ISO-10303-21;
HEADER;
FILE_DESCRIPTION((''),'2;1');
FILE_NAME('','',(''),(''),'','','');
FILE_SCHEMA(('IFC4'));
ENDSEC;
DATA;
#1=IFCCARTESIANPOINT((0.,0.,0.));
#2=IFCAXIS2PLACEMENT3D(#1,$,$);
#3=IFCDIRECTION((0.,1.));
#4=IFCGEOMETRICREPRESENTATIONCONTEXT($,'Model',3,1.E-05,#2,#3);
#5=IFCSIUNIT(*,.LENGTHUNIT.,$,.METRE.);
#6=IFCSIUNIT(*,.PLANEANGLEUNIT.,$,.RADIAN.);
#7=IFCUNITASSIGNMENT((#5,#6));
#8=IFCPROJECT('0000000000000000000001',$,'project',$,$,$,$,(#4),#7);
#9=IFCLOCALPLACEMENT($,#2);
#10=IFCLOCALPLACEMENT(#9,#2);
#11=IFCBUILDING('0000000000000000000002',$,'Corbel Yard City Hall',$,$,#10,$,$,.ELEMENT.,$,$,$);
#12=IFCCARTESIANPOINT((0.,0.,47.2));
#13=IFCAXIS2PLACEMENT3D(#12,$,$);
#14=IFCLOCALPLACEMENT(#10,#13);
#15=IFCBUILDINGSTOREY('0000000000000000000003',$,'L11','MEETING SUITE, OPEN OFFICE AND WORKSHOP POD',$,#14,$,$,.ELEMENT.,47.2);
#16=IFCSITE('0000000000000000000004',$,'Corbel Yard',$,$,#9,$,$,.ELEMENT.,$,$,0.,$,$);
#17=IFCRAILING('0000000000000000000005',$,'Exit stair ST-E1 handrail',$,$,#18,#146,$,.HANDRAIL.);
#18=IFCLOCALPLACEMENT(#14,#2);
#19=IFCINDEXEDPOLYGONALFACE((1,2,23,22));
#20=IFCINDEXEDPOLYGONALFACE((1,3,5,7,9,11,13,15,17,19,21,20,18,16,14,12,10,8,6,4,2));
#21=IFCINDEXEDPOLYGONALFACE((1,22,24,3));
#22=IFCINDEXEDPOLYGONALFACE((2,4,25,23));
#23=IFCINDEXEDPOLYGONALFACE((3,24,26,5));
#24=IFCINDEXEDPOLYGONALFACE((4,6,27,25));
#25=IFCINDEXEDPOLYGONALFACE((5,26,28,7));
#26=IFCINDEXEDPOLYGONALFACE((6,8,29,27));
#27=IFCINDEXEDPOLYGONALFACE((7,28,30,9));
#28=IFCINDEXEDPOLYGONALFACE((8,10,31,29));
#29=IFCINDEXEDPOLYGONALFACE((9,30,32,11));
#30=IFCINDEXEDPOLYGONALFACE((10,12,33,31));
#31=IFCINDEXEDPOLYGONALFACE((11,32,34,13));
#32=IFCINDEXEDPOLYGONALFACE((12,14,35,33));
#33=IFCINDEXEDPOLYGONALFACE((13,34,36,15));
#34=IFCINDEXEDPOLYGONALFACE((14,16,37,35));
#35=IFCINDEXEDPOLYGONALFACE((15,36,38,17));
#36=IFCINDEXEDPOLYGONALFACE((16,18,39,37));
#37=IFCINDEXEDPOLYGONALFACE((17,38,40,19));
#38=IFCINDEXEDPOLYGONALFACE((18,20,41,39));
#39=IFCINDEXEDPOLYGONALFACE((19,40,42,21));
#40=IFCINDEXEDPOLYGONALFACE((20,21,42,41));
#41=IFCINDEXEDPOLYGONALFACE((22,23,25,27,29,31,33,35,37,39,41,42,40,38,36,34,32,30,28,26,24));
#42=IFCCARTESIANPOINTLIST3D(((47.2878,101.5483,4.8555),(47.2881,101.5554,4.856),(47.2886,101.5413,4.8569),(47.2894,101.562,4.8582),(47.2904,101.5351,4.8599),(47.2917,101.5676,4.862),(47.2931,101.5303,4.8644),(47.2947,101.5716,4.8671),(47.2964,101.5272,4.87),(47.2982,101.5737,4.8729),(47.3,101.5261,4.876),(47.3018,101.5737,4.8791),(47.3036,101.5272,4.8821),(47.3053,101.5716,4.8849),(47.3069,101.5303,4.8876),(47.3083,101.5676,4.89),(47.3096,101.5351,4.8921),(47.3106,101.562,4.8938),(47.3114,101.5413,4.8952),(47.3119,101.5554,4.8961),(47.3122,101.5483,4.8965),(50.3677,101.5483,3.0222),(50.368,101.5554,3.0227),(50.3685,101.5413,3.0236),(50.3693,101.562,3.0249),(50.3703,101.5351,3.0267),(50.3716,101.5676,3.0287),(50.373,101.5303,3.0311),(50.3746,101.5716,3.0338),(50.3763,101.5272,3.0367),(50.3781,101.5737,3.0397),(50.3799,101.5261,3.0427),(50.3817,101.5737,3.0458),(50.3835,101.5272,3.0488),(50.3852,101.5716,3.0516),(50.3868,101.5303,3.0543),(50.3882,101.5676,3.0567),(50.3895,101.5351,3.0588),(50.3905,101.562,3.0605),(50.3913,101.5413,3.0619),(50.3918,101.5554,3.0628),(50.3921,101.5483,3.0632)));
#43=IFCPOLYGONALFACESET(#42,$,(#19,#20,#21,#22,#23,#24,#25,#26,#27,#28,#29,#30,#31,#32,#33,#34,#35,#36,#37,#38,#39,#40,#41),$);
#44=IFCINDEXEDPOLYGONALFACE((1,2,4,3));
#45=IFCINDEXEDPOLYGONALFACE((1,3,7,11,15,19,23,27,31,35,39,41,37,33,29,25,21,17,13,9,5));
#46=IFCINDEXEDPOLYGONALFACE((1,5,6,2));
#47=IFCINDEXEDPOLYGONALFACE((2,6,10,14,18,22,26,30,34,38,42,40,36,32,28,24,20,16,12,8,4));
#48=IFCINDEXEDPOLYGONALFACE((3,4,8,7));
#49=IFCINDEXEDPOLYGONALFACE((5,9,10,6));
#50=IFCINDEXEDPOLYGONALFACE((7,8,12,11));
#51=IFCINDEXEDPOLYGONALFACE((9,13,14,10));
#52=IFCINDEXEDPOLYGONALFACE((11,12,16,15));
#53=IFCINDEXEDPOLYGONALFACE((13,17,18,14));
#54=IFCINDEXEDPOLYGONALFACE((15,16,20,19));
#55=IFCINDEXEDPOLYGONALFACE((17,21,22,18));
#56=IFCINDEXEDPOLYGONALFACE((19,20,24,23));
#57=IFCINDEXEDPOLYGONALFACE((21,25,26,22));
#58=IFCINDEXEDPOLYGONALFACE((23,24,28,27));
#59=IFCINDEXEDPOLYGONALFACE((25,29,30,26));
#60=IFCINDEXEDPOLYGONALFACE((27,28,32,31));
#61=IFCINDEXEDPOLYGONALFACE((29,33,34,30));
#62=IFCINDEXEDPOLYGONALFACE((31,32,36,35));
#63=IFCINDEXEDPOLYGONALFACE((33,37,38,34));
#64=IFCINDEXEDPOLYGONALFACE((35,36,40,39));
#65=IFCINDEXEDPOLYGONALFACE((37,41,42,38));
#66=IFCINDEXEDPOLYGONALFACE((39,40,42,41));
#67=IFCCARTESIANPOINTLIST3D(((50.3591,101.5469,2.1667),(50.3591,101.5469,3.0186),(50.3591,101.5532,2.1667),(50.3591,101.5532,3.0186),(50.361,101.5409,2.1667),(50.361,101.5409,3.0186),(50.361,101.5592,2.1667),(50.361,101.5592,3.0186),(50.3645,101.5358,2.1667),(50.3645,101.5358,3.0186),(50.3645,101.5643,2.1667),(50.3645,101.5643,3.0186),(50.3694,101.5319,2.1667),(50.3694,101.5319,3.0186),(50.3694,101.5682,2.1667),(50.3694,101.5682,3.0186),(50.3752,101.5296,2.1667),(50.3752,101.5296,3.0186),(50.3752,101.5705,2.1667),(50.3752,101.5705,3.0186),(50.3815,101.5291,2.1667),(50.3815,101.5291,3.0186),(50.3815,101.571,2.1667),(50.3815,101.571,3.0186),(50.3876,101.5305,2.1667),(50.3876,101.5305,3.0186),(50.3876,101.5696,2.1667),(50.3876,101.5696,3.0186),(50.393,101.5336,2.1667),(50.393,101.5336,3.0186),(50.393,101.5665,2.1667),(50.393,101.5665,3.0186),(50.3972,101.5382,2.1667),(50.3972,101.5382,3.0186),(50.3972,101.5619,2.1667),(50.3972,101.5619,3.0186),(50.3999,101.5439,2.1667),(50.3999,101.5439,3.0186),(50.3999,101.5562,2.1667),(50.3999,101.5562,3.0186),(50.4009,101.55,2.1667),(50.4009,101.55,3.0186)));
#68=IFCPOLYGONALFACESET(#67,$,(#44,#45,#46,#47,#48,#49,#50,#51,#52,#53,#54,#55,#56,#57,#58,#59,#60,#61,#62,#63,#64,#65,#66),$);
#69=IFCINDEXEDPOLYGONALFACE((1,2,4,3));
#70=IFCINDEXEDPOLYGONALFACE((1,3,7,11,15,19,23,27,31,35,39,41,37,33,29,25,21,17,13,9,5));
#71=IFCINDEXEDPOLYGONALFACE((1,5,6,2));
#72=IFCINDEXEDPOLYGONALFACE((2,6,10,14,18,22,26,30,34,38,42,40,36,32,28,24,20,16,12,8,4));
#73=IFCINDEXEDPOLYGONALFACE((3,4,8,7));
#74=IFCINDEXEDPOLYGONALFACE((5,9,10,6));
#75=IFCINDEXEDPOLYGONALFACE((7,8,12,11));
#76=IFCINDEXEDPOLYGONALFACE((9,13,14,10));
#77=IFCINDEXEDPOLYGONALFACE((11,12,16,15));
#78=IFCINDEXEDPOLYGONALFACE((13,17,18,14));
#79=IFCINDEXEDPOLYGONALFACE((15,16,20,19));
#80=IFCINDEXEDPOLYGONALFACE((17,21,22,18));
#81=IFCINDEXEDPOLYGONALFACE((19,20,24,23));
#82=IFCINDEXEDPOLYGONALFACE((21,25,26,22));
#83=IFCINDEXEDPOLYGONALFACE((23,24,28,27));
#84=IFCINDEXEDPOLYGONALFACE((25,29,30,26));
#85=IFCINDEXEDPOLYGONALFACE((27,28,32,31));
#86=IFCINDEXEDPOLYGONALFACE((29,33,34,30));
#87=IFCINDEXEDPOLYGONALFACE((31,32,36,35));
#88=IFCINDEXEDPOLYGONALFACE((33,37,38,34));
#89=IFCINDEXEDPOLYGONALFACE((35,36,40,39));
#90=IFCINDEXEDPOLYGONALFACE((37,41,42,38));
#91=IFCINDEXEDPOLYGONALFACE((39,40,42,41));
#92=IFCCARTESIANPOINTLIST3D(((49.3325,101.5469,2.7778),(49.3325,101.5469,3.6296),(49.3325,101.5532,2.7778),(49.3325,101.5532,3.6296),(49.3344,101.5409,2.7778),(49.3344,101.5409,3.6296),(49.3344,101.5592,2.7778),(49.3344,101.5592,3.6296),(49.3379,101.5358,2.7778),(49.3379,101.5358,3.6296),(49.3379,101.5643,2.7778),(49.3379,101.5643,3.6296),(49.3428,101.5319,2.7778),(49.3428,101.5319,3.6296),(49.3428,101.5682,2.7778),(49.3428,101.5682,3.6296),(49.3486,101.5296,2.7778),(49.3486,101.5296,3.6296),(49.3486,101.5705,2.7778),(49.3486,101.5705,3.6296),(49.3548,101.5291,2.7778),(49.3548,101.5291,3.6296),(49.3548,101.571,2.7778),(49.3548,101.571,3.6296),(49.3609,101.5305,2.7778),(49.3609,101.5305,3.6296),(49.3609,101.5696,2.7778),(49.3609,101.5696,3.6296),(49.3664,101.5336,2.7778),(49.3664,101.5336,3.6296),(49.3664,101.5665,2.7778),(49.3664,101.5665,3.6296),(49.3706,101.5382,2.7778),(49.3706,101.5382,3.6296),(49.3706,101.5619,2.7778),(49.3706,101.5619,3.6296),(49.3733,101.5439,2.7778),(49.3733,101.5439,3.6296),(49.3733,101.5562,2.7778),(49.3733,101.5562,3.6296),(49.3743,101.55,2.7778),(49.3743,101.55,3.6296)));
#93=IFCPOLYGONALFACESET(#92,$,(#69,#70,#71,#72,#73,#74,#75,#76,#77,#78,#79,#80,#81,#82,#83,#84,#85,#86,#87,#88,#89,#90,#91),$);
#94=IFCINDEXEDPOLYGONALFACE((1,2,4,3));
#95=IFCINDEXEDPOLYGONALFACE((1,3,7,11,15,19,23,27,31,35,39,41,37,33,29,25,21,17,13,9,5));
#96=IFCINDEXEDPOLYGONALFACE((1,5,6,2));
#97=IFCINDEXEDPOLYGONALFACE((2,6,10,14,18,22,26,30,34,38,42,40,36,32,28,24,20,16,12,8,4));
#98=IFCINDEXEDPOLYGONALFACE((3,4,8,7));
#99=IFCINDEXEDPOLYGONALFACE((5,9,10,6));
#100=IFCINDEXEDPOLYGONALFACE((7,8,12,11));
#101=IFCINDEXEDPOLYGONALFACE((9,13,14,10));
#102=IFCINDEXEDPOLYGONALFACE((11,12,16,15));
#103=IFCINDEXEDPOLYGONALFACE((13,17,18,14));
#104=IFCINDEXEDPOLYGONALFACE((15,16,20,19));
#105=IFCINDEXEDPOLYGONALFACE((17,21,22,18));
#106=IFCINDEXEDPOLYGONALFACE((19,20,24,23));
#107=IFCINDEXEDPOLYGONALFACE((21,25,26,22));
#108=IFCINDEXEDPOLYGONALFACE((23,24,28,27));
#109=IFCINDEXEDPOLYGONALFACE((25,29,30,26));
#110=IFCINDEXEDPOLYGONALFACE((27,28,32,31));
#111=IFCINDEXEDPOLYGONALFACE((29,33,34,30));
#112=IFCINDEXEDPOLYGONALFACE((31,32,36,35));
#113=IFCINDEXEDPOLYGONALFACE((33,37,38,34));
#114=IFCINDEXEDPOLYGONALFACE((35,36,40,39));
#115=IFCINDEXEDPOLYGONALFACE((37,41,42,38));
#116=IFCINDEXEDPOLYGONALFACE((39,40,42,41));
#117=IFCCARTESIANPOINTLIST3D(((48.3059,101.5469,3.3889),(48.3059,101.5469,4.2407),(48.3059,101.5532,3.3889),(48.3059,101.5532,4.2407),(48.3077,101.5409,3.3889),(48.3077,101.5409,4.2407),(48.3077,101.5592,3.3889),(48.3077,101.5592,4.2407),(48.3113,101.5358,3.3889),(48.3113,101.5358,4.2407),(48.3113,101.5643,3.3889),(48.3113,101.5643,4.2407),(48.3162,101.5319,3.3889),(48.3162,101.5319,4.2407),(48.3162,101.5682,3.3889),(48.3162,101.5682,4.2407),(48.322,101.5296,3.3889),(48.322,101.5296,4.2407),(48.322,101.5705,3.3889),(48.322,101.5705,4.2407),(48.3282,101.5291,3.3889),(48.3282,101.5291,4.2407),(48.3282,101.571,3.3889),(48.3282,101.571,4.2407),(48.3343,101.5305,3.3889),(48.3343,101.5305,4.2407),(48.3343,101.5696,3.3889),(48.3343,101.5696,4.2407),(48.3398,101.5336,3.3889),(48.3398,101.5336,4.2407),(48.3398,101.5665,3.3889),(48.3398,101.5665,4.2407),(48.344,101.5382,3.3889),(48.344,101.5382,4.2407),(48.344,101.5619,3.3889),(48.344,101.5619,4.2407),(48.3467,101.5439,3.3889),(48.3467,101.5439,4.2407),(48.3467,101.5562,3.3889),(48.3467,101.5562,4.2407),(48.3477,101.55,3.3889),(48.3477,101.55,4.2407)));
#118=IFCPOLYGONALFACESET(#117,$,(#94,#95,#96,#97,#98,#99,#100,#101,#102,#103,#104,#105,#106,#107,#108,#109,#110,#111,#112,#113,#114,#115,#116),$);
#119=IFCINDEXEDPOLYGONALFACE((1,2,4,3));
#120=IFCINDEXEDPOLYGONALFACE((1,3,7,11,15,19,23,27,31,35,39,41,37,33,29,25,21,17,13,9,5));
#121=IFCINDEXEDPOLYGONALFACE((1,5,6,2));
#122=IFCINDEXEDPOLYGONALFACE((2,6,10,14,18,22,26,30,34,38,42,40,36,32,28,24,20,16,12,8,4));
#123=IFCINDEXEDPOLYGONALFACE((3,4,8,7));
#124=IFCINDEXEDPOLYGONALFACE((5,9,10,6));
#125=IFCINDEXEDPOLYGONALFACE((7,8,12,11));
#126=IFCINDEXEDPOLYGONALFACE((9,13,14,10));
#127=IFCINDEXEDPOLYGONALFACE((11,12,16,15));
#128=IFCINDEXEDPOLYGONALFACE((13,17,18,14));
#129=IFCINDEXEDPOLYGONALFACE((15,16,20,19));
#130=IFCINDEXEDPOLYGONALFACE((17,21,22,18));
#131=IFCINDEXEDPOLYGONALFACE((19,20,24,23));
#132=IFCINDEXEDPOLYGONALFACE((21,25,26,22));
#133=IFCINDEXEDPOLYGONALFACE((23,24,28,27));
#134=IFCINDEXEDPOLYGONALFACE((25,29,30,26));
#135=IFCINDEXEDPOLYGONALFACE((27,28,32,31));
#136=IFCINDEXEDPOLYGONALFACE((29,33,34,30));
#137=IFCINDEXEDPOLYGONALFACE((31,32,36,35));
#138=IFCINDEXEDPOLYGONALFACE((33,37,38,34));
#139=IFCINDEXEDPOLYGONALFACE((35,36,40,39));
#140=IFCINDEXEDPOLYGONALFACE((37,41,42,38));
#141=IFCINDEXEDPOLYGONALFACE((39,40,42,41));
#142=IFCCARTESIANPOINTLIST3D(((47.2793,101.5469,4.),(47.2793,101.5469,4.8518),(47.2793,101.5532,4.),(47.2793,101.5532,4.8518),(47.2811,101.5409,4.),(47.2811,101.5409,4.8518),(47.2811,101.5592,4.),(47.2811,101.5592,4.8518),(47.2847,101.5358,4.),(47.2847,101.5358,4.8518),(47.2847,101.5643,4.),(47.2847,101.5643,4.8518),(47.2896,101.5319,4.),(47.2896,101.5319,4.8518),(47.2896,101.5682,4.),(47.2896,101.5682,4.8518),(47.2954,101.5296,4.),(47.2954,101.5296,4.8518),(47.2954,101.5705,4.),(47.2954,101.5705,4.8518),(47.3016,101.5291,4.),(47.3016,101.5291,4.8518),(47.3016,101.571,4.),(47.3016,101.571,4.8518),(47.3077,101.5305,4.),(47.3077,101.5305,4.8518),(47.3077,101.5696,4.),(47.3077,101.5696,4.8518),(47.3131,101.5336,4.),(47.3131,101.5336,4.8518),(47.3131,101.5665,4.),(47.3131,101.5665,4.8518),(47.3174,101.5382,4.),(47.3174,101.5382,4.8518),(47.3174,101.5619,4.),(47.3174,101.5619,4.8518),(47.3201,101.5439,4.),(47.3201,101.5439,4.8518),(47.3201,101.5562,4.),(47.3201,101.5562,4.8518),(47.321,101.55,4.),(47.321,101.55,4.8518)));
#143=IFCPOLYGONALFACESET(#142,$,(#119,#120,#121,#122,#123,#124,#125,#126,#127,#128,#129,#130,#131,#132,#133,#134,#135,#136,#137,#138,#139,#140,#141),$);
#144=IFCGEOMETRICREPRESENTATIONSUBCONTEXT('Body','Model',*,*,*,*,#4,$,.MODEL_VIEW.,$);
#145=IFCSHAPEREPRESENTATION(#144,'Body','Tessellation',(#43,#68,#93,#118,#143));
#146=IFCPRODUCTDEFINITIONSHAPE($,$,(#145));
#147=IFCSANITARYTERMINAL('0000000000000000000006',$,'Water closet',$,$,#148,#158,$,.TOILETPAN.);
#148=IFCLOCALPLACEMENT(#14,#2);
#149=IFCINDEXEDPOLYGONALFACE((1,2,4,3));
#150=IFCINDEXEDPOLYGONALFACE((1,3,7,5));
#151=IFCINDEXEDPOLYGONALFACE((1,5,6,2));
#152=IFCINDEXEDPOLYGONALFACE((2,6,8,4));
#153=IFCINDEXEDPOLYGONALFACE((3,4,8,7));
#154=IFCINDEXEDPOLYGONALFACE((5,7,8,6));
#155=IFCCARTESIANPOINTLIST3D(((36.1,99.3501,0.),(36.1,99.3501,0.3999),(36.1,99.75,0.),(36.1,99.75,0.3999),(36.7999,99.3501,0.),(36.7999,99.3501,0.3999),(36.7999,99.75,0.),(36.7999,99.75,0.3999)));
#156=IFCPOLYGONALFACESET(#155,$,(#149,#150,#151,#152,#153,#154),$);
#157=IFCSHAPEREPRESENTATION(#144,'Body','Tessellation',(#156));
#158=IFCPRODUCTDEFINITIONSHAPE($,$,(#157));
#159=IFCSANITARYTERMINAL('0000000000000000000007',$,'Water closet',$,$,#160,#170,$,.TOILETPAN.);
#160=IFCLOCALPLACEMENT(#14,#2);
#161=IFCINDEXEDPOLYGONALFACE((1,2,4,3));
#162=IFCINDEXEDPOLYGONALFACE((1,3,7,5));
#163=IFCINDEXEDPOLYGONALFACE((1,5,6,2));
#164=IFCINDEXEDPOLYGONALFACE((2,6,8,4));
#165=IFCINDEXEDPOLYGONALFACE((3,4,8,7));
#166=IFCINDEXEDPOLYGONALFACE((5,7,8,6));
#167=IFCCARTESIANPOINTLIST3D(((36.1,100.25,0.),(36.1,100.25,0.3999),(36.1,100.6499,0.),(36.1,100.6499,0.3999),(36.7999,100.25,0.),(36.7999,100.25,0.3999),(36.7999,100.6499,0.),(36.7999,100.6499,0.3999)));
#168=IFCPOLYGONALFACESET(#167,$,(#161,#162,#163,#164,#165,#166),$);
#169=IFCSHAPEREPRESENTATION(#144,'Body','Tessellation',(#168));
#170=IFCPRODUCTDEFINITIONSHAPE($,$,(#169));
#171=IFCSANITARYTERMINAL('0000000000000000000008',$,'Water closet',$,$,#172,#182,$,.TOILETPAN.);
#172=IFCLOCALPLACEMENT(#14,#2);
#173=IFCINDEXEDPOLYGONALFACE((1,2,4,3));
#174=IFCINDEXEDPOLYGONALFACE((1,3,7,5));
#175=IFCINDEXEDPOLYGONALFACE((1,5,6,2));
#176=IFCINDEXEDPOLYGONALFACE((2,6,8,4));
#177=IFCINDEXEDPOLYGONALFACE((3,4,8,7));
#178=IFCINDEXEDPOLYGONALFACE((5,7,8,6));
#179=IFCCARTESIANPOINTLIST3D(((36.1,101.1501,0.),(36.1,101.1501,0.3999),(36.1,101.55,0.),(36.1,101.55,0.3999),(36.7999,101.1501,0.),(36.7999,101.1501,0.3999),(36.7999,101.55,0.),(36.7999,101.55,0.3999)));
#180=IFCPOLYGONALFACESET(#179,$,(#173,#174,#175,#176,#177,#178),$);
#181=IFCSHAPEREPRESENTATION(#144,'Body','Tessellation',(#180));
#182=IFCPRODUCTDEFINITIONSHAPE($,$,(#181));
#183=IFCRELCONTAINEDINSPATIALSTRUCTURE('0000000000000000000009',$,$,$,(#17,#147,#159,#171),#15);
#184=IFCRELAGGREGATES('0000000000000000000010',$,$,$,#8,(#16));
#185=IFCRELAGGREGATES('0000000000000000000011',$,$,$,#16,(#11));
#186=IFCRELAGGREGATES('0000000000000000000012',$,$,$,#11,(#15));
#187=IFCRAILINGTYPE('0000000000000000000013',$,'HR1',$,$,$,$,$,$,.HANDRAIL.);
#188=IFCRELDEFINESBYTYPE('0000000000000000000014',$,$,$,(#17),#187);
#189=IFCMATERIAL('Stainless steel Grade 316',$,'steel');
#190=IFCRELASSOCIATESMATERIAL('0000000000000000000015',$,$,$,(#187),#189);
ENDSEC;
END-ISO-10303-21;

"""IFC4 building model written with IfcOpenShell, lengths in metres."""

from ifc_helpers import new_model, si_unit, direction, frame, origin, origin_2d, place, context, subcontext, project, spatial, rectangle, circle, extrude, material, type_object, element, save


model = new_model("IFC4")

# Units and contexts
model_context = context("Model", 3, precision=1e-05, world=origin(), true_north=direction((0.0, 1.0)))
body_context = subcontext(model_context, "Body", "Model", "MODEL_VIEW")
ifc_project = project(units=[si_unit("LENGTHUNIT", "METRE"), si_unit("PLANEANGLEUNIT", "RADIAN")], contexts=[model_context])

# Site, building, storey
site_placement = place(None, origin())
site = spatial("IfcSite", under=ifc_project, at=site_placement, Name="Corbel Yard", CompositionType="ELEMENT", RefElevation=0.0)
building_placement = place(site_placement, origin())
building = spatial("IfcBuilding", under=site, at=building_placement, Name="Corbel Yard City Hall", CompositionType="ELEMENT")
storey_placement = place(building_placement, frame((0.0, 0.0, 47.2)))
storey = spatial("IfcBuildingStorey", under=building, at=storey_placement, Name="L11", Description="MEETING SUITE, OPEN OFFICE AND WORKSHOP POD", CompositionType="ELEMENT", Elevation=47.2)

# Railing
ifc_material_1 = material(Name="Stainless steel Grade 316", Category="steel")
railing_type = type_object("IfcRailingType", Name="HR1", PredefinedType="HANDRAIL", material=ifc_material_1)
railing_placement = place(storey_placement, frame((50.3799, 101.55, 2.1667)))
element("IfcRailing", 1, at=railing_placement, inside=storey, type_object=railing_type, Name="Exit stair ST-E1 handrail", PredefinedType="HANDRAIL", context=body_context, shape_type="SweptSolid", body=[
    extrude(circle(Radius=0.0239, at=origin_2d()), frame((0.0, 0.0, 0.876), z_axis=(-0.859291, 0.0, 0.511487), x_axis=(0.0, -1.0, 0.0)), (0.0, 0.0, 1.0), 3.5842),
    extrude(circle(Radius=0.021, at=origin_2d()), origin(), (0.0, 0.0, 1.0), 0.8518),
    extrude(circle(Radius=0.021, at=origin_2d()), frame((-1.0266, 0.0, 0.6111)), (0.0, 0.0, 1.0), 0.8518),
    extrude(circle(Radius=0.021, at=origin_2d()), frame((-2.0532, 0.0, 1.2222)), (0.0, 0.0, 1.0), 0.8518),
    extrude(circle(Radius=0.021, at=origin_2d()), frame((-3.0798, 0.0, 1.8333)), (0.0, 0.0, 1.0), 0.8518),
])

# Sanitary terminals
for number, where, z_axis, x_axis, name in (
    (2, (36.45, 99.55, 0.0), (0.0, 0.0, 1.0), (1.0, 0.0, 0.0), "Water closet"),
    (3, (36.45, 100.45, 0.0), (0.0, 0.0, 1.0), (1.0, 0.0, 0.0), "Water closet"),
    (4, (36.45, 101.3501, 0.0), (0.0, 0.0, 1.0), (1.0, 0.0, 0.0), "Water closet"),
):
    element("IfcSanitaryTerminal", number, at=place(storey_placement, frame(where, z_axis=z_axis, x_axis=x_axis)), inside=storey, Name=name, PredefinedType="TOILETPAN", context=body_context, shape_type="SweptSolid", body=[
        extrude(rectangle(XDim=0.7, YDim=0.3999, at=origin_2d()), origin(), (0.0, 0.0, 1.0), 0.3999),
    ])

save(model, "model.ifc")
